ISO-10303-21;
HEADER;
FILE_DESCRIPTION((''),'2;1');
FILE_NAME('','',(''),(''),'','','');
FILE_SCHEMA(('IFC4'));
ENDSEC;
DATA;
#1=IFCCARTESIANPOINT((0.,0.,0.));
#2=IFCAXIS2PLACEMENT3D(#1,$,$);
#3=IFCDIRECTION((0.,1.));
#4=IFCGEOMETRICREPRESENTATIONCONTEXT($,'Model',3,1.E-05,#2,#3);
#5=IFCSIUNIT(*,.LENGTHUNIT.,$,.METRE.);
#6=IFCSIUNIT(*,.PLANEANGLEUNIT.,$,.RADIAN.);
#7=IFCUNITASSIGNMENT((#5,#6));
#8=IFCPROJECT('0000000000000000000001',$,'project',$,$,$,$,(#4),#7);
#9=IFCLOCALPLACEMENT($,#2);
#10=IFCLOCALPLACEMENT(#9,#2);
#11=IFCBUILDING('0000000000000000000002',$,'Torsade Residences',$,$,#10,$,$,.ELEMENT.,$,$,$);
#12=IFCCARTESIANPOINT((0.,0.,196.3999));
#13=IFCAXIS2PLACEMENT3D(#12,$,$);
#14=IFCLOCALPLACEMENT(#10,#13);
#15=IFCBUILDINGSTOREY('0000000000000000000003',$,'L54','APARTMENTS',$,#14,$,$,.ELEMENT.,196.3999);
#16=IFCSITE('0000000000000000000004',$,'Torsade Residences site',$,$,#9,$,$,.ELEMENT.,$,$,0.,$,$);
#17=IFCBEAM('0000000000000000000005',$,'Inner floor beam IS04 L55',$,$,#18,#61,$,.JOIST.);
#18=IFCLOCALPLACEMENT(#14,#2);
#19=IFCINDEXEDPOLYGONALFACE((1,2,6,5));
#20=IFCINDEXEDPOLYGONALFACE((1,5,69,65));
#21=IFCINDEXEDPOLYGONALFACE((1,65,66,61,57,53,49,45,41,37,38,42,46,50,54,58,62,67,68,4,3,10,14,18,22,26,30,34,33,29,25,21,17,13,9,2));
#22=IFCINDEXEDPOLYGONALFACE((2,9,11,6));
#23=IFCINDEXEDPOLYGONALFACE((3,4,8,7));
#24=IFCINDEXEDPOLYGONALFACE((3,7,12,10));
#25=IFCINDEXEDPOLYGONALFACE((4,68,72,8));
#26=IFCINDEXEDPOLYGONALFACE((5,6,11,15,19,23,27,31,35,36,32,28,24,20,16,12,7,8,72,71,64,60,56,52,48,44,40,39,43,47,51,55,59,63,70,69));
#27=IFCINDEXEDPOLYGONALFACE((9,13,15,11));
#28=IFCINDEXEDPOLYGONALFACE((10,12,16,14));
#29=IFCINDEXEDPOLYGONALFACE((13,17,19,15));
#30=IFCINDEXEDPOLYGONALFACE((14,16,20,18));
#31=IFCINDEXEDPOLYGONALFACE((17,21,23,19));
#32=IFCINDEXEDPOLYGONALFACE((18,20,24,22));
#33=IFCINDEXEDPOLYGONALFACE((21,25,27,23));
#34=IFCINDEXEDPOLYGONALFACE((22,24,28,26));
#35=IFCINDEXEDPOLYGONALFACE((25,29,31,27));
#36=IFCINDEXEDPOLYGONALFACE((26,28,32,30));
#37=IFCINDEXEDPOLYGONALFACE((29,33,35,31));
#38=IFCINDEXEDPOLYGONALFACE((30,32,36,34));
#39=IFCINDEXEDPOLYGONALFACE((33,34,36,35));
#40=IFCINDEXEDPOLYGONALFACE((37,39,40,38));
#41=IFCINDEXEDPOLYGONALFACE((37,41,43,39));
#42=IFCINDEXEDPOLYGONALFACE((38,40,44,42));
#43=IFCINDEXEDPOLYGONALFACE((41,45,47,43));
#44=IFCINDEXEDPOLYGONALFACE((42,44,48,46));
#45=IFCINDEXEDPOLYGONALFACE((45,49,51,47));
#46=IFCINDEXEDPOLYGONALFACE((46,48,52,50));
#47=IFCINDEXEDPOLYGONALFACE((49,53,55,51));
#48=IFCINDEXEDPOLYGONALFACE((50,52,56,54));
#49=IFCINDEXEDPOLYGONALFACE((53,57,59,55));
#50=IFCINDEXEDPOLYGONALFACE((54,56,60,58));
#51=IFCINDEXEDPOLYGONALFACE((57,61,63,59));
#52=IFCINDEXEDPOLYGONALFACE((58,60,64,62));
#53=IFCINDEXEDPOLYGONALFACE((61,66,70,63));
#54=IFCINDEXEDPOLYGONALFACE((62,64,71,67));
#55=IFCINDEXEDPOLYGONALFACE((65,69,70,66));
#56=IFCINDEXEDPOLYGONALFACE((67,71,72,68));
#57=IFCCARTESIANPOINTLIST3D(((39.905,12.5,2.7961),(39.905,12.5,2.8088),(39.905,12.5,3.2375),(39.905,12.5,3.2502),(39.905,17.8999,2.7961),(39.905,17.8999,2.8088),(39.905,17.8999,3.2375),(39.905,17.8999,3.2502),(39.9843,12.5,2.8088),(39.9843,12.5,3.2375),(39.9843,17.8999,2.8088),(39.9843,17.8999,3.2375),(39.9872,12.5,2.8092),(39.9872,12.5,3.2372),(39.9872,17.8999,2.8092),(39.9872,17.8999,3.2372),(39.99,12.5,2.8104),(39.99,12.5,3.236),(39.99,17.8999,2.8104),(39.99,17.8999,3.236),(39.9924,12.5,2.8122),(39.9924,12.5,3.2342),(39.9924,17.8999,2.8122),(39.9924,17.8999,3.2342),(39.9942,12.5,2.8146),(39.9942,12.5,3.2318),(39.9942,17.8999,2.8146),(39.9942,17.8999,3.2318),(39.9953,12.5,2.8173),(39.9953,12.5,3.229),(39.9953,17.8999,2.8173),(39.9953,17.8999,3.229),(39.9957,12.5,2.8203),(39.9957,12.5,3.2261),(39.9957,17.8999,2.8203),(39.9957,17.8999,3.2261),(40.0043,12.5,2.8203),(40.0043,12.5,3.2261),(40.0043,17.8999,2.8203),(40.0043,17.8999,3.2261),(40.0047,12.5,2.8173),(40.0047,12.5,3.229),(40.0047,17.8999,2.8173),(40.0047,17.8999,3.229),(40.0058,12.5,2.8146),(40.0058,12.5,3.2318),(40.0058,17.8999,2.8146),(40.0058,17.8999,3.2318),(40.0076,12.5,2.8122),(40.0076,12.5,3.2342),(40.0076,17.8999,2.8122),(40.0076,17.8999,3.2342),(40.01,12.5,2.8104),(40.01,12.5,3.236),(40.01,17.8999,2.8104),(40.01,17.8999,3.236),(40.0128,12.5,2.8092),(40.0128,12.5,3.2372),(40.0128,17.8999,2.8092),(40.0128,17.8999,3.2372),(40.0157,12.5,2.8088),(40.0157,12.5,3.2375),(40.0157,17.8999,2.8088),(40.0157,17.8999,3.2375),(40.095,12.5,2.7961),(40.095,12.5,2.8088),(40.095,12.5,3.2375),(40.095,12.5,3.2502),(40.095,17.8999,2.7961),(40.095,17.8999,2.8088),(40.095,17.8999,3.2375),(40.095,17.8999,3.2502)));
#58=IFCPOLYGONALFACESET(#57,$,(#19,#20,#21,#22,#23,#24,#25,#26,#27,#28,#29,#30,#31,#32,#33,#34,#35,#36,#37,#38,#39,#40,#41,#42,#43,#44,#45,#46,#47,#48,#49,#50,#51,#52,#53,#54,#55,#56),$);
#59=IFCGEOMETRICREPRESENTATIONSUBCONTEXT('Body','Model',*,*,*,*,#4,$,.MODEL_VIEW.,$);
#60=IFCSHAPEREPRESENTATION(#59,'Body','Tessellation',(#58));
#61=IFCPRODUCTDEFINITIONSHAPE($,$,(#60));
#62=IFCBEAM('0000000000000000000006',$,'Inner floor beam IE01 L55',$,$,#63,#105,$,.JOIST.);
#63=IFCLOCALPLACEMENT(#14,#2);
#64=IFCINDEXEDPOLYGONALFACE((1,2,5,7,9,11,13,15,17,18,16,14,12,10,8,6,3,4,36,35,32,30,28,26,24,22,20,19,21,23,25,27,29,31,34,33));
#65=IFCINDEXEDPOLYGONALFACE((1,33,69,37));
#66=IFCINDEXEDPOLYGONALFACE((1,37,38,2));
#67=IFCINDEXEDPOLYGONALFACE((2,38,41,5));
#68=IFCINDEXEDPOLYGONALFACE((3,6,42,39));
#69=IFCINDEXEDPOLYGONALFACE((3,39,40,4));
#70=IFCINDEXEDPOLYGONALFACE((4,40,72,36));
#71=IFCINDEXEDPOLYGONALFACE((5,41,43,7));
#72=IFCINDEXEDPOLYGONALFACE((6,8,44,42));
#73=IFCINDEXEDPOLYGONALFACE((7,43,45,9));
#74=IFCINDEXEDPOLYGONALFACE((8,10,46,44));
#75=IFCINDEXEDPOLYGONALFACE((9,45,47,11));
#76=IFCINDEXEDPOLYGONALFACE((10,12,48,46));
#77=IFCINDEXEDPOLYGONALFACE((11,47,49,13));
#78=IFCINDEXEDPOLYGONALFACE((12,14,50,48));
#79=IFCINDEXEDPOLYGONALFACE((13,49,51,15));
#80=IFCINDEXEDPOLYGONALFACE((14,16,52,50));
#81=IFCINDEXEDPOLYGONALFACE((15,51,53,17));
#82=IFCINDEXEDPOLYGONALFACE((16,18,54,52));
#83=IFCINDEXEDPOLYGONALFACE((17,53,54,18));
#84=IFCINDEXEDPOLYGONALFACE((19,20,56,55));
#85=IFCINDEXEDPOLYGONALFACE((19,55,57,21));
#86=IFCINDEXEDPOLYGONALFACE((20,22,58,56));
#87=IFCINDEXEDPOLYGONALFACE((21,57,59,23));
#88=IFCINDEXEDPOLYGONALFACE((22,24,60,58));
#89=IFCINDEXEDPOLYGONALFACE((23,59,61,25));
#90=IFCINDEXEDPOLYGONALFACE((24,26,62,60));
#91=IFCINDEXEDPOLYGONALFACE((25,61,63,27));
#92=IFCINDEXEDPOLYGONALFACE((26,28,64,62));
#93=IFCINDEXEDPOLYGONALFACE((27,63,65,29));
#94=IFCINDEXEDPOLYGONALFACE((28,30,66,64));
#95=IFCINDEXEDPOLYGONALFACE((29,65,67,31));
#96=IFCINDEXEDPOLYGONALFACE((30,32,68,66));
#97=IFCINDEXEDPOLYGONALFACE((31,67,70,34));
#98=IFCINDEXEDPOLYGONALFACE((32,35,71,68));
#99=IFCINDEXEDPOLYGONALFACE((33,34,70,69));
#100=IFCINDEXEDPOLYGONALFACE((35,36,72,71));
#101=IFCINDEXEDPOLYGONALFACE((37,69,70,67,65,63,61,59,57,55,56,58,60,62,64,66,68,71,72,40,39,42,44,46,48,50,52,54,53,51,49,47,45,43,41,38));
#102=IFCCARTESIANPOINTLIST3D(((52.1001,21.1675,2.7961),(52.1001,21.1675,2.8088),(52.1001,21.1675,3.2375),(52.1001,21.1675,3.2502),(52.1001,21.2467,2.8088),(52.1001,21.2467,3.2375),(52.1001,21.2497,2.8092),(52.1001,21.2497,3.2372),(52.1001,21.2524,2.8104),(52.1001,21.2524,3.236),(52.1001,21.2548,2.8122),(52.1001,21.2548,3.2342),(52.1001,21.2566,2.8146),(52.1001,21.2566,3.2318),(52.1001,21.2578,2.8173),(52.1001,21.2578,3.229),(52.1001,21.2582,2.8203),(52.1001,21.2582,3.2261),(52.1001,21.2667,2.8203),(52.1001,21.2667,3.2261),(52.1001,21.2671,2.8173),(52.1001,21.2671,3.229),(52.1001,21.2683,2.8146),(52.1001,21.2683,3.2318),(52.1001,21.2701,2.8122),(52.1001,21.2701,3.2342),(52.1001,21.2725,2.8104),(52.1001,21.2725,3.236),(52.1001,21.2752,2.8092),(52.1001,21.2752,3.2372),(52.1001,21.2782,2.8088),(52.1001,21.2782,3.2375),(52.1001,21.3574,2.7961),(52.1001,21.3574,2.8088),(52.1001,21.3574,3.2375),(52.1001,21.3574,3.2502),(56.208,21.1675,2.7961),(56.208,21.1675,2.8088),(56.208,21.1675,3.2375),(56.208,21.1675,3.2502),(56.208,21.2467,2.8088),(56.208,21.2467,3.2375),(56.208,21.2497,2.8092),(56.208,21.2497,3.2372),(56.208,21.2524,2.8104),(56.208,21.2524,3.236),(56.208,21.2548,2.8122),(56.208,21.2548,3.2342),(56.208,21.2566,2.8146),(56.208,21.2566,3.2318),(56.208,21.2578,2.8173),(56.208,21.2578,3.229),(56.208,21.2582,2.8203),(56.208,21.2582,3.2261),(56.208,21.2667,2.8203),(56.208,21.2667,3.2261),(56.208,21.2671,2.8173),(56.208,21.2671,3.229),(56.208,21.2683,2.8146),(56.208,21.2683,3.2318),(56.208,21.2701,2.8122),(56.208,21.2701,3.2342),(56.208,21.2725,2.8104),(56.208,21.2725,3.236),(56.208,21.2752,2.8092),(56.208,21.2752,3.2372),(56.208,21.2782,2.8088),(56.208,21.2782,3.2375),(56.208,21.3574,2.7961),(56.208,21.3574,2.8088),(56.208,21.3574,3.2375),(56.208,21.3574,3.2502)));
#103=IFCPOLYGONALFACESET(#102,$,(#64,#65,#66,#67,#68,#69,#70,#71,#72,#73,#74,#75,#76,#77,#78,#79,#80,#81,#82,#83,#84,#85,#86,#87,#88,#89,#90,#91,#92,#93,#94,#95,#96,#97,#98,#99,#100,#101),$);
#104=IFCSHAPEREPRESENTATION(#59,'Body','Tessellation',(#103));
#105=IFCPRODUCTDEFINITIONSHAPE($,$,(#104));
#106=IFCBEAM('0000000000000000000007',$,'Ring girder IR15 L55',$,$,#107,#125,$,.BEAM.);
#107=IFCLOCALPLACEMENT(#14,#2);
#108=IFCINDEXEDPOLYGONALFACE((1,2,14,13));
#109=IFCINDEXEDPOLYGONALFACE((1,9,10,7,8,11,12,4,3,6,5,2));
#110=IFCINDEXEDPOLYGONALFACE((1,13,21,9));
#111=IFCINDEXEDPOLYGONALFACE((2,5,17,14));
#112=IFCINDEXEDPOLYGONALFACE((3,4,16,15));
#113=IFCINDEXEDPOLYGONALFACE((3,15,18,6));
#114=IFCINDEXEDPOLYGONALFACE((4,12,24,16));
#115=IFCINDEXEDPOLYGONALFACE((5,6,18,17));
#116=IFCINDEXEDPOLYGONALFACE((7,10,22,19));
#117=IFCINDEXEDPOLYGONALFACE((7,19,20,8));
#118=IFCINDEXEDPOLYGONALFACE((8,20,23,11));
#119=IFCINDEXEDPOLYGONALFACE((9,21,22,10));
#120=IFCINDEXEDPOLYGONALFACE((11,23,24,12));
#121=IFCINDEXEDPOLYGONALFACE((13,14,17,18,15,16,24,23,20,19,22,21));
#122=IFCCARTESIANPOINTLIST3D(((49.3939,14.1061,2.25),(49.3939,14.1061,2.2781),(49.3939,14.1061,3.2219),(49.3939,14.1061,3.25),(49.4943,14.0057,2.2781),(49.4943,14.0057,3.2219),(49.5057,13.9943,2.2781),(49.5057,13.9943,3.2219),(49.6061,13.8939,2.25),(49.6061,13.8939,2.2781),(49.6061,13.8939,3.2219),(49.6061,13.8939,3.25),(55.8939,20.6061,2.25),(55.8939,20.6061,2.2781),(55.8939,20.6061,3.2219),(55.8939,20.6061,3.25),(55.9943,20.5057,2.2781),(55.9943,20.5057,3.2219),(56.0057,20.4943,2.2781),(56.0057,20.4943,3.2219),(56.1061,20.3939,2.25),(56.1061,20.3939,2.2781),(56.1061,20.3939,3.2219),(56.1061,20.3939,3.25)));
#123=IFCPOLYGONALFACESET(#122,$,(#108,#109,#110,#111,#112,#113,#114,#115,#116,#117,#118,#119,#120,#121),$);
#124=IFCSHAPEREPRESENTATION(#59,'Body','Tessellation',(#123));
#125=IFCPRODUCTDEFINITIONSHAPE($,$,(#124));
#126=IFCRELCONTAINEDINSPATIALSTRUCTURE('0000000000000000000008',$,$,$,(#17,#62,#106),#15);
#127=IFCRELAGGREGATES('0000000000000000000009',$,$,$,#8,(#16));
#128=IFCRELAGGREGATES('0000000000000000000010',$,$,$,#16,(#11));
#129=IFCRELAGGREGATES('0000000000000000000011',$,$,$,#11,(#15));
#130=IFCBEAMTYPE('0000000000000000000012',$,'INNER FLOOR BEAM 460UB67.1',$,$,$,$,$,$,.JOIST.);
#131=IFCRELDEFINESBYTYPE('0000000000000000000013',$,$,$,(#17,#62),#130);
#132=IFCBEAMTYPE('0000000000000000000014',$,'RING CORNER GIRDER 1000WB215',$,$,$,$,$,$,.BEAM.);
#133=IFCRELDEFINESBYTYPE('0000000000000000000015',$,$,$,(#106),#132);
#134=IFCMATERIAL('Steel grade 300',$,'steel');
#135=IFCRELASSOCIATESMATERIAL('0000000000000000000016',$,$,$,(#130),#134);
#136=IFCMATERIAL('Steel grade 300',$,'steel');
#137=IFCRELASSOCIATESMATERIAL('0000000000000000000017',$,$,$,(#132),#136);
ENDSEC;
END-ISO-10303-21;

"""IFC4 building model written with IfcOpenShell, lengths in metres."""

from ifc_helpers import new_model, si_unit, direction, frame, origin, origin_2d, place, context, subcontext, project, spatial, i_section, extrude, material, material_profile, profile_set, type_object, element, save


model = new_model("IFC4")

# Units and contexts
model_context = context("Model", 3, precision=1e-05, world=origin(), true_north=direction((0.0, 1.0)))
body_context = subcontext(model_context, "Body", "Model", "MODEL_VIEW")
ifc_project = project(units=[si_unit("LENGTHUNIT", "METRE"), si_unit("PLANEANGLEUNIT", "RADIAN")], contexts=[model_context])

# Site, building, storey
site_placement = place(None, origin())
site = spatial("IfcSite", under=ifc_project, at=site_placement, Name="Torsade Residences site", CompositionType="ELEMENT", RefElevation=0.0)
building_placement = place(site_placement, origin())
building = spatial("IfcBuilding", under=site, at=building_placement, Name="Torsade Residences", CompositionType="ELEMENT")
storey_placement = place(building_placement, frame((0.0, 0.0, 196.3999)))
storey = spatial("IfcBuildingStorey", under=building, at=storey_placement, Name="L54", Description="APARTMENTS", CompositionType="ELEMENT", Elevation=196.3999)

# Beams
ifc_material_1 = material(Name="Steel grade 300", Category="steel")
ifc_material_profile_1 = material_profile(ifc_material_1, i_section(OverallWidth=0.1899, OverallDepth=0.4541, WebThickness=0.0085, FlangeThickness=0.0127, FilletRadius=0.0115, at=origin_2d()), Name="460UB67.1")
ifc_profile_set_1 = profile_set([ifc_material_profile_1], Name="Steel grade 300")
beam_type_1 = type_object("IfcBeamType", Name="INNER FLOOR BEAM 460UB67.1", PredefinedType="JOIST", material=ifc_profile_set_1)
for number, where, z_axis, x_axis, name in (
    (1, (40.0, 17.8999, 3.0232), (0.0, -1.0, 0.0), (1.0, 0.0, 0.0), "Inner floor beam IS04 L55"),
):
    element("IfcBeam", number, at=place(storey_placement, frame(where, z_axis=z_axis, x_axis=x_axis)), inside=storey, type_object=beam_type_1, Name=name, PredefinedType="JOIST", context=body_context, shape_type="SweptSolid", body=[
        extrude(i_section(OverallWidth=0.1899, OverallDepth=0.4541, WebThickness=0.0085, FlangeThickness=0.0127, FilletRadius=0.0115, at=origin_2d()), origin(), (0.0, 0.0, 1.0), 5.3999),
    ])
beam_1_placement = place(storey_placement, frame((52.1001, 21.2625, 3.0232), z_axis=(1.0, 0.0, 0.0), x_axis=(0.0, 1.0, 0.0)))
element("IfcBeam", 2, at=beam_1_placement, inside=storey, type_object=beam_type_1, Name="Inner floor beam IE01 L55", PredefinedType="JOIST", context=body_context, shape_type="SweptSolid", body=[
    extrude(i_section(OverallWidth=0.1899, OverallDepth=0.4541, WebThickness=0.0085, FlangeThickness=0.0127, FilletRadius=0.0115, at=origin_2d()), origin(), (0.0, 0.0, 1.0), 4.1079),
])
ifc_material_2 = material(Name="Steel grade 300", Category="steel")
ifc_material_profile_2 = material_profile(ifc_material_2, i_section(OverallWidth=0.3, OverallDepth=1.0, WebThickness=0.0161, FlangeThickness=0.0281, at=origin_2d()), Name="1000WB215")
ifc_profile_set_2 = profile_set([ifc_material_profile_2], Name="Steel grade 300")
beam_type_2 = type_object("IfcBeamType", Name="RING CORNER GIRDER 1000WB215", PredefinedType="BEAM", material=ifc_profile_set_2)
beam_2_placement = place(storey_placement, frame((49.5, 14.0, 2.75), z_axis=(0.707107, 0.707107, 0.0), x_axis=(-0.707107, 0.707107, 0.0)))
element("IfcBeam", 3, at=beam_2_placement, inside=storey, type_object=beam_type_2, Name="Ring girder IR15 L55", PredefinedType="BEAM", context=body_context, shape_type="SweptSolid", body=[
    extrude(i_section(OverallWidth=0.3, OverallDepth=1.0, WebThickness=0.0161, FlangeThickness=0.0281, at=origin_2d()), origin(), (0.0, 0.0, 1.0), 9.1924),
])

save(model, "model.ifc")
